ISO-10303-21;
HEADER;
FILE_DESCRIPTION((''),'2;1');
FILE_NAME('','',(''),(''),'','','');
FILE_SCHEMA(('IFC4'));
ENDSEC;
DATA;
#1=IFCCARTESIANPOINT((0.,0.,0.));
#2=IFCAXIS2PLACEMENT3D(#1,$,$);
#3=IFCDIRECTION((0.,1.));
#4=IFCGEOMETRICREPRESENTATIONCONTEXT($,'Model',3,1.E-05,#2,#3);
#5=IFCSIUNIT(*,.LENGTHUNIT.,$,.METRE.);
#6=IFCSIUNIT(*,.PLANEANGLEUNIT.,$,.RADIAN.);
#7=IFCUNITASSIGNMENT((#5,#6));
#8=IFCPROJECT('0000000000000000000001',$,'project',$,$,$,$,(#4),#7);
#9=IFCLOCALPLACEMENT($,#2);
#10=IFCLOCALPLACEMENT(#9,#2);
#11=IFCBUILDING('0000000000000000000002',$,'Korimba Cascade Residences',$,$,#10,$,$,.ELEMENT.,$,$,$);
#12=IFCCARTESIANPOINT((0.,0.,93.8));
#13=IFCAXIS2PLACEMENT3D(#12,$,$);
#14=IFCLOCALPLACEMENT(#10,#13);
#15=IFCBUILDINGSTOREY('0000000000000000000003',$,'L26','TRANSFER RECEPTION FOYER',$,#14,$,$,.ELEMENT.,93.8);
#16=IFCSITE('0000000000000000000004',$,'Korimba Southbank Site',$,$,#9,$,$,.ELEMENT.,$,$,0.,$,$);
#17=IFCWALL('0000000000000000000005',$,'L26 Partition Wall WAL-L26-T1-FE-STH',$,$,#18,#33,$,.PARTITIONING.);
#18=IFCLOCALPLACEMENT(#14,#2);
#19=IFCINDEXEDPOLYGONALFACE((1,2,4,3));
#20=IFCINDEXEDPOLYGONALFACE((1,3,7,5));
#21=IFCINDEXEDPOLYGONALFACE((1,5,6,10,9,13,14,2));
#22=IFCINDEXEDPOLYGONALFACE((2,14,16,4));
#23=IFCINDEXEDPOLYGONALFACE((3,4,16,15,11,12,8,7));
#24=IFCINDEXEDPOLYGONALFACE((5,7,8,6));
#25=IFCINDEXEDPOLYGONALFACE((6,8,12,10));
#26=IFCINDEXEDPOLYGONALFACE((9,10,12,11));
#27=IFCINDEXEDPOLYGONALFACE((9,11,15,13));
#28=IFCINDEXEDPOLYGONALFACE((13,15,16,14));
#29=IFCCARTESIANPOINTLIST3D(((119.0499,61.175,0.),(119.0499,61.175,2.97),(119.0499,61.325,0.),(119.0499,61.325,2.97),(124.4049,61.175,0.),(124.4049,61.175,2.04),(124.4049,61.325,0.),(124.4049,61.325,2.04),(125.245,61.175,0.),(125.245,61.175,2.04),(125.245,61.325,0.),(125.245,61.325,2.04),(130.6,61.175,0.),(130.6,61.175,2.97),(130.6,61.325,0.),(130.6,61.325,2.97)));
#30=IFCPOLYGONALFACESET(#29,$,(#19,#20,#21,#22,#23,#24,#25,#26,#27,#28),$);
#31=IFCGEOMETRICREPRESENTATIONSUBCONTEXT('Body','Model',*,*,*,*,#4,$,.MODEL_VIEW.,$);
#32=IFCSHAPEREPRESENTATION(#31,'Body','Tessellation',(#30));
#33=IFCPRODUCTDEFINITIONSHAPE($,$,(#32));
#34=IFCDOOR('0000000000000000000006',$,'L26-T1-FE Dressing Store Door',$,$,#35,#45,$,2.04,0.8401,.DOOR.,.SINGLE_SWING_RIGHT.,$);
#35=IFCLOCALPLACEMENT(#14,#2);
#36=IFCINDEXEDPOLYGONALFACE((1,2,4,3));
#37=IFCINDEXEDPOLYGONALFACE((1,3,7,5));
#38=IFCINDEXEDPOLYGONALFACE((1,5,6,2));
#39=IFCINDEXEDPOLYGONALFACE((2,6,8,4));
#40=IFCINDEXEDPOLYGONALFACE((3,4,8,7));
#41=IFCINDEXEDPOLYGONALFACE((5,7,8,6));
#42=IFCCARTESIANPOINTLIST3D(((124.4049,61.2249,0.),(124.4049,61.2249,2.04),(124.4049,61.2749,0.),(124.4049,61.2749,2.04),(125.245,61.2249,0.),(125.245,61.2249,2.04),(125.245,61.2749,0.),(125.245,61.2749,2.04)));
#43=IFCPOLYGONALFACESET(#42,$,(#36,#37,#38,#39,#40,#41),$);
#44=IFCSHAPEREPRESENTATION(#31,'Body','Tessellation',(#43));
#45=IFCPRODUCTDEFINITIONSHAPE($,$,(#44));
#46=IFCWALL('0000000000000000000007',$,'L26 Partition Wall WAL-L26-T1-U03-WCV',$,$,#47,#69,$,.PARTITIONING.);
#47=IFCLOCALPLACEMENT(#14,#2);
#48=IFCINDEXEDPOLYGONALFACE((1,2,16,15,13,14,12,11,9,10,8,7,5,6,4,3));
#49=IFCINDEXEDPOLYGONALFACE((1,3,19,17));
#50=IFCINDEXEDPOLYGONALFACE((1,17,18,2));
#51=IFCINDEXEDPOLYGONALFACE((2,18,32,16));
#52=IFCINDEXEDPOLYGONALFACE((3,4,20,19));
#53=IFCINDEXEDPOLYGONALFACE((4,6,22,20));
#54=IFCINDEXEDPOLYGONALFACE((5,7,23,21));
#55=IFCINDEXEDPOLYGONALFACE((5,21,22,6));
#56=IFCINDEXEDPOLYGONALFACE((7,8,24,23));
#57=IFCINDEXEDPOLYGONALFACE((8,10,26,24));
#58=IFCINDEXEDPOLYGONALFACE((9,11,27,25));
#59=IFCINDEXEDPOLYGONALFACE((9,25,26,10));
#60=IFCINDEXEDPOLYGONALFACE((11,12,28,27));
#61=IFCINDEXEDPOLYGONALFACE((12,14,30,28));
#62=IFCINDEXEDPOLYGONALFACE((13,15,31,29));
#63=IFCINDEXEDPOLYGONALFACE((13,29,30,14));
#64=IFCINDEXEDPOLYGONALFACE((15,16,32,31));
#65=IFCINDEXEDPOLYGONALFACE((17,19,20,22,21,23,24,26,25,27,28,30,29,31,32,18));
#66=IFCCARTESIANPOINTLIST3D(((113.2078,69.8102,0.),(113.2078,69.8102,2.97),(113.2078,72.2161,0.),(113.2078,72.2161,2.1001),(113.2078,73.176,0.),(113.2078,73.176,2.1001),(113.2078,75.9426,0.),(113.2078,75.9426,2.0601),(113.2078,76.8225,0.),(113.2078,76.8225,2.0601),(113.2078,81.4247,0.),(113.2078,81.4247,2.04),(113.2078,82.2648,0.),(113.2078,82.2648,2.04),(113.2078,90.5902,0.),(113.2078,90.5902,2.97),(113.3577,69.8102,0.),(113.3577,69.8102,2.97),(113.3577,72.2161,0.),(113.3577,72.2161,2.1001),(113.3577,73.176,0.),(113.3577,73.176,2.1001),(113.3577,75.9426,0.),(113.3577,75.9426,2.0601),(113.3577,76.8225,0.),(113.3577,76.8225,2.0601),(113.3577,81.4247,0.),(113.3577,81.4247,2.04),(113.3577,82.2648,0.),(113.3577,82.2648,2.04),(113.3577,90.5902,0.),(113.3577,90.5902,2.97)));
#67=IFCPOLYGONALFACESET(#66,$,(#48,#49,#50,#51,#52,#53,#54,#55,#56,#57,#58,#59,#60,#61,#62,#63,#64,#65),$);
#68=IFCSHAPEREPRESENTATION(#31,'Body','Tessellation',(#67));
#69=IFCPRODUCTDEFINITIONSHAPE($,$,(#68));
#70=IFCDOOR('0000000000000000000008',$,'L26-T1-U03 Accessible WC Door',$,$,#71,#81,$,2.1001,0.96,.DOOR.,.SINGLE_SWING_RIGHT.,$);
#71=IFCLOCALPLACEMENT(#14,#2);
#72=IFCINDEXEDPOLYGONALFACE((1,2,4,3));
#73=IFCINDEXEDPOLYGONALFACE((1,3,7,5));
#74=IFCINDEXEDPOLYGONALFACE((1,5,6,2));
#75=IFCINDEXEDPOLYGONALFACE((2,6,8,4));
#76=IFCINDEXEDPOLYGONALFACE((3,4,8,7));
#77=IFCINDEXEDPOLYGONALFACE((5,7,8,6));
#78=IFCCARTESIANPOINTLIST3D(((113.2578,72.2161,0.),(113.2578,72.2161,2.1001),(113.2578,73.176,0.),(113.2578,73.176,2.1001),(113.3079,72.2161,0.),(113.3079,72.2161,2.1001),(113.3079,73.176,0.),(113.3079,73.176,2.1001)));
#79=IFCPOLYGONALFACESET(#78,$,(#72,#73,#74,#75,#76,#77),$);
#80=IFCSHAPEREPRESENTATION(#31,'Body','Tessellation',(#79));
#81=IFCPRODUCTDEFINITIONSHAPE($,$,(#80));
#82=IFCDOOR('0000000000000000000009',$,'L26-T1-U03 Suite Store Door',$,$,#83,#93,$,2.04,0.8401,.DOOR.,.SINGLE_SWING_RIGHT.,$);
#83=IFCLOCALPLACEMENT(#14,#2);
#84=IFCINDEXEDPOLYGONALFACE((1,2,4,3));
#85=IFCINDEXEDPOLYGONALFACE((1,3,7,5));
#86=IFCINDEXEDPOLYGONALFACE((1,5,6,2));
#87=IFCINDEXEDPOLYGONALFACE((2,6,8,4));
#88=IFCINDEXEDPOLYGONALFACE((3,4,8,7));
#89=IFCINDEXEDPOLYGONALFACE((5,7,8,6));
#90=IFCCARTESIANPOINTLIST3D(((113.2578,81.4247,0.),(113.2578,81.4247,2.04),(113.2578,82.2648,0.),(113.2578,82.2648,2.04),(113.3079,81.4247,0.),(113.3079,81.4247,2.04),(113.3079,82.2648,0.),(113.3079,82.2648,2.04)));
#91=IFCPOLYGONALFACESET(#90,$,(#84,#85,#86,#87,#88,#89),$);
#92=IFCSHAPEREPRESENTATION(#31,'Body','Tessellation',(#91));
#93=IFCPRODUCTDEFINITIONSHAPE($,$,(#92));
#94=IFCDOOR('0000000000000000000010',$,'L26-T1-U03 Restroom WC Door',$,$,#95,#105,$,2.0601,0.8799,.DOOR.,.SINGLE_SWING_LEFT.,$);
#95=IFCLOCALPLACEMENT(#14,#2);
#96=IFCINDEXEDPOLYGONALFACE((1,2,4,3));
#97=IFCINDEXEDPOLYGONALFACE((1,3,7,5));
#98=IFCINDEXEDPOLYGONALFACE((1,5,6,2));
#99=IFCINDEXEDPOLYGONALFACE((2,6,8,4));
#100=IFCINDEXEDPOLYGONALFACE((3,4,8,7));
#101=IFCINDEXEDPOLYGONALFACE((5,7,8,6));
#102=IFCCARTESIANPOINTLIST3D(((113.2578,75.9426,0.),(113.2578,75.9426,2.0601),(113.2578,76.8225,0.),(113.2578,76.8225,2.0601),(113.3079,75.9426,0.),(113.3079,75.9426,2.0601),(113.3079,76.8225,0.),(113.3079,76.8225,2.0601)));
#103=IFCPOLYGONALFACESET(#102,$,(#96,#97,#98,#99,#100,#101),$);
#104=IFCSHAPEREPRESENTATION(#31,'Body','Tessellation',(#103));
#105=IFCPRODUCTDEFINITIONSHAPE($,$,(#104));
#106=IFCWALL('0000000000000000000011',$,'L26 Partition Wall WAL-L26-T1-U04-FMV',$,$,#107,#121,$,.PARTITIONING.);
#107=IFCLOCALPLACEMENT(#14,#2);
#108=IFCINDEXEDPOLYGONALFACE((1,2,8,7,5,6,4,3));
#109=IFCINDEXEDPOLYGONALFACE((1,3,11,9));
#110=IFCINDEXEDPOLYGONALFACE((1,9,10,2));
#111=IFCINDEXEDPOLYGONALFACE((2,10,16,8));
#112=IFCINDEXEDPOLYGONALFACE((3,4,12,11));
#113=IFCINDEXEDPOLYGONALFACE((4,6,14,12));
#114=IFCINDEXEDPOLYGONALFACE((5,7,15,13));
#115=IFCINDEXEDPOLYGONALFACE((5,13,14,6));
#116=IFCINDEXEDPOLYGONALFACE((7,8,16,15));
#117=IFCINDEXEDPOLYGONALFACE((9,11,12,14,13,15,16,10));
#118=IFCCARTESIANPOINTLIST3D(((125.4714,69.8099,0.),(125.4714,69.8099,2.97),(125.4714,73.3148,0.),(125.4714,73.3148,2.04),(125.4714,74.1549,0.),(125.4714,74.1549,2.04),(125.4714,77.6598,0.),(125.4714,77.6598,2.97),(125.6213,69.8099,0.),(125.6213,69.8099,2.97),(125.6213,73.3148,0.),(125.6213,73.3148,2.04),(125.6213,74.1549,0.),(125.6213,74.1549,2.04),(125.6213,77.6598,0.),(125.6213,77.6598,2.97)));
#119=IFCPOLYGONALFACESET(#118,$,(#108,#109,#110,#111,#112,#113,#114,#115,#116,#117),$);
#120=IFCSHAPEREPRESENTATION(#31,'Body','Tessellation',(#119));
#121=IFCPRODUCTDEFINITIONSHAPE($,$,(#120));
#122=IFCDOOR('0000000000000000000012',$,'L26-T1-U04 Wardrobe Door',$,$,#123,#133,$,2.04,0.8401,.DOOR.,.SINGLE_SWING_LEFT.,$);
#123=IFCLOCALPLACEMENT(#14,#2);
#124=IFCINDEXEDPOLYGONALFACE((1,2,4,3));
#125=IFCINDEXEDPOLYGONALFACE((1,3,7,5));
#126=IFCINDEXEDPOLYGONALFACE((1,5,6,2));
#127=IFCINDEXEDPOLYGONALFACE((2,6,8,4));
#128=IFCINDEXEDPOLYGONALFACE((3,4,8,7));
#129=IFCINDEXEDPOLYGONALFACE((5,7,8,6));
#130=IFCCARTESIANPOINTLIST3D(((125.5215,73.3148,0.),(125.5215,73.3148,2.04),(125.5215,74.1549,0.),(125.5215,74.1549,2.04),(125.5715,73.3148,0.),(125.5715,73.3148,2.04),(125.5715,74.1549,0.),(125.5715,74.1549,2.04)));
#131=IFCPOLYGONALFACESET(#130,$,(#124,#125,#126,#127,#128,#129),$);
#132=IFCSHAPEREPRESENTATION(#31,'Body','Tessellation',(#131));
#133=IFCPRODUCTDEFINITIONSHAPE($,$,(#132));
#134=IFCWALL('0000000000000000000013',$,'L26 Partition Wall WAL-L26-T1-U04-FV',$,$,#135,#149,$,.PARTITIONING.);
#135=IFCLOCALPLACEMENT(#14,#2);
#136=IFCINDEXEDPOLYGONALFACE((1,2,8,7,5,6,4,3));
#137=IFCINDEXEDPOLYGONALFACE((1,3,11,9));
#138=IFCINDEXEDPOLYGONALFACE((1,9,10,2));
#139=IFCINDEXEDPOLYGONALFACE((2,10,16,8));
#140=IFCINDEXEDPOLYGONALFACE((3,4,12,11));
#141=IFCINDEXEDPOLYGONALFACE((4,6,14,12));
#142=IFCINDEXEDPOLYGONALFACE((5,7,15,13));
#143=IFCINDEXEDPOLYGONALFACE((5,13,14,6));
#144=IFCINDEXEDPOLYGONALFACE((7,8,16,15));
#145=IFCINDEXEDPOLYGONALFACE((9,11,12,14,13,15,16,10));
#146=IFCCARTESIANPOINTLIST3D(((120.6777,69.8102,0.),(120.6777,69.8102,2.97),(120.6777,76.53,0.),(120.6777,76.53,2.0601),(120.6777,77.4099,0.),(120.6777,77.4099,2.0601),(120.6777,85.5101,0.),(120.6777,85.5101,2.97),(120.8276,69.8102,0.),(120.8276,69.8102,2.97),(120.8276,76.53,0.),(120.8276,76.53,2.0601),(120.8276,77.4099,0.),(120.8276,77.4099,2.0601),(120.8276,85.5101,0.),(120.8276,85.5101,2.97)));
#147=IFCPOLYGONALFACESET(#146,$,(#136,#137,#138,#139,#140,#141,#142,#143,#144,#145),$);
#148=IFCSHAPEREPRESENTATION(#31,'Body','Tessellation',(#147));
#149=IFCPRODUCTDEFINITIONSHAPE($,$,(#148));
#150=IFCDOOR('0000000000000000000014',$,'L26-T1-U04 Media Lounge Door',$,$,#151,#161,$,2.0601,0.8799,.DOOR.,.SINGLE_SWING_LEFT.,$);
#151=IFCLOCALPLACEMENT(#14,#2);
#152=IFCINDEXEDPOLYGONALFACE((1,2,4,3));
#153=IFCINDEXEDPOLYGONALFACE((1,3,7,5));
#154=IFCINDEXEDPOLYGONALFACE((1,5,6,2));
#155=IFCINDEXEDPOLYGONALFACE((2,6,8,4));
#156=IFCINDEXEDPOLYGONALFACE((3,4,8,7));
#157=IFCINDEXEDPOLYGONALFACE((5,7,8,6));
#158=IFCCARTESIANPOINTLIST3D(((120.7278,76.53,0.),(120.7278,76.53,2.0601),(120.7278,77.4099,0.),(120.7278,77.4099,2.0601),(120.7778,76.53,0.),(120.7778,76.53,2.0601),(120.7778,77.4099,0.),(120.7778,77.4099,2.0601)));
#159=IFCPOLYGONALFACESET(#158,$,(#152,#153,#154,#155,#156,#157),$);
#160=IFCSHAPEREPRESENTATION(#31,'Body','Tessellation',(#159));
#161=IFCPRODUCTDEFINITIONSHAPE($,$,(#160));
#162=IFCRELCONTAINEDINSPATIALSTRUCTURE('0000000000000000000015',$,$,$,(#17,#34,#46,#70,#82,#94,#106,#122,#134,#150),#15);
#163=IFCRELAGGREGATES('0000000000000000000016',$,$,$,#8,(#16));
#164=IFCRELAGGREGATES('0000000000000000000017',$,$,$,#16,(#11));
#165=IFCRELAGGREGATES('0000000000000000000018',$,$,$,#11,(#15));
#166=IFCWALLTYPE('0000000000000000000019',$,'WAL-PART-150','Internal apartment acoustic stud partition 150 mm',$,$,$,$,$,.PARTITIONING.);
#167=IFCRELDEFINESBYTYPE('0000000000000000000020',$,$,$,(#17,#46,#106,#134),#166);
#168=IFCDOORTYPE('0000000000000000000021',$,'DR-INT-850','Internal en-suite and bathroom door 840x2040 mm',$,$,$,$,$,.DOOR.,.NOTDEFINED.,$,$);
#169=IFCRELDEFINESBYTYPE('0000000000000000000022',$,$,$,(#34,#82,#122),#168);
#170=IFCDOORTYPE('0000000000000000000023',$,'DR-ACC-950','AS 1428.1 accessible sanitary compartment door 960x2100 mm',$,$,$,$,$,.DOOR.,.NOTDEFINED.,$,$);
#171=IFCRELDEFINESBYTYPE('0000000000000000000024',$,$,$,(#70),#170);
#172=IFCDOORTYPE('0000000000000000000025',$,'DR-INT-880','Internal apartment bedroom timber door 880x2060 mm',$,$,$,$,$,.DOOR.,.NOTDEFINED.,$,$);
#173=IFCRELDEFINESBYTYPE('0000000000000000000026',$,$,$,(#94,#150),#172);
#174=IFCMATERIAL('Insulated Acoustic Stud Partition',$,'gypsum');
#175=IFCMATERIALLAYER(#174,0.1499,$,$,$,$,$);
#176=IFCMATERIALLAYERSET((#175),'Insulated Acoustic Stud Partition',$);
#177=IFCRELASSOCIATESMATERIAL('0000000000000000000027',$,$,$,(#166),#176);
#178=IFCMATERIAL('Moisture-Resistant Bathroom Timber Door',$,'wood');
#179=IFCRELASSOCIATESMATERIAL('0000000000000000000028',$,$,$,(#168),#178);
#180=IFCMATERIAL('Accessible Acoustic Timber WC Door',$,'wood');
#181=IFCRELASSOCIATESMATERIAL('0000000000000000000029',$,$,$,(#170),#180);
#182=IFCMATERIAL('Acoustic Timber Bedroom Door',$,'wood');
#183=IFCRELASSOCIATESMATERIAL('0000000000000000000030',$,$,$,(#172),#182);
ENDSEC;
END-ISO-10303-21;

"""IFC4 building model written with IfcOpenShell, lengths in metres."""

from ifc_helpers import new_model, si_unit, direction, frame, frame_2d, origin, place, context, subcontext, project, spatial, rectangle, extrude, material, layer, layer_set, type_object, element, fill, save


model = new_model("IFC4")

# Units and contexts
model_context = context("Model", 3, precision=1e-05, world=origin(), true_north=direction((0.0, 1.0)))
body_context = subcontext(model_context, "Body", "Model", "MODEL_VIEW")
ifc_project = project(units=[si_unit("LENGTHUNIT", "METRE"), si_unit("PLANEANGLEUNIT", "RADIAN")], contexts=[model_context])

# Site, building, storey
site_placement = place(None, origin())
site = spatial("IfcSite", under=ifc_project, at=site_placement, Name="Korimba Southbank Site", CompositionType="ELEMENT", RefElevation=0.0)
building_placement = place(site_placement, origin())
building = spatial("IfcBuilding", under=site, at=building_placement, Name="Korimba Cascade Residences", CompositionType="ELEMENT")
storey_placement = place(building_placement, frame((0.0, 0.0, 93.8)))
storey = spatial("IfcBuildingStorey", under=building, at=storey_placement, Name="L26", Description="TRANSFER RECEPTION FOYER", CompositionType="ELEMENT", Elevation=93.8)

# Wall, opening, door
ifc_material_1 = material(Name="Insulated Acoustic Stud Partition", Category="gypsum")
ifc_layer_1 = layer(ifc_material_1, 0.1499)
ifc_layer_set_1 = layer_set([ifc_layer_1], Name="Insulated Acoustic Stud Partition")
wall_type = type_object("IfcWallType", Name="WAL-PART-150", Description="Internal apartment acoustic stud partition 150 mm", PredefinedType="PARTITIONING", material=ifc_layer_set_1)
wall_1_placement = place(storey_placement, frame((119.05, 61.25, 0.0), z_axis=(0.0, 0.0, 1.0), x_axis=(1.0, 0.0, 0.0)))
wall_1 = element("IfcWall", 1, at=wall_1_placement, inside=storey, type_object=wall_type, Name="L26 Partition Wall WAL-L26-T1-FE-STH", PredefinedType="PARTITIONING", context=body_context, shape_type="SweptSolid", body=[
    extrude(rectangle(XDim=11.55, YDim=0.1499, at=frame_2d((5.7749, 0.0))), origin(), (0.0, 0.0, 1.0), 2.97),
])
opening_1_placement = place(wall_1_placement, frame((5.355, 0.0, 0.0)))
opening_1 = element("IfcOpeningElement", 2, at=opening_1_placement, cuts=wall_1, PredefinedType="OPENING", context=body_context, shape_type="SweptSolid", body=[
    extrude(rectangle(XDim=0.8401, YDim=2.04, at=frame_2d((0.4199, 1.02))), frame((0.0, 0.085, 0.0), z_axis=(0.0, -1.0, 0.0), x_axis=(1.0, 0.0, 0.0)), (0.0, 0.0, 1.0), 0.1699),
])
ifc_material_2 = material(Name="Moisture-Resistant Bathroom Timber Door", Category="wood")
door_type_1 = type_object("IfcDoorType", Name="DR-INT-850", Description="Internal en-suite and bathroom door 840x2040 mm", OperationType="NOTDEFINED", PredefinedType="DOOR", material=ifc_material_2)
door_1_placement = place(opening_1_placement, origin())
door_1 = element("IfcDoor", 3, at=door_1_placement, inside=storey, type_object=door_type_1, Name="L26-T1-FE Dressing Store Door", OperationType="SINGLE_SWING_RIGHT", OverallHeight=2.04, OverallWidth=0.8401, PredefinedType="DOOR", context=body_context, shape_type="SweptSolid", body=[
    extrude(rectangle(XDim=0.8401, YDim=2.04, at=frame_2d((0.4199, 1.02))), frame((0.0, 0.0249, 0.0), z_axis=(0.0, -1.0, 0.0), x_axis=(1.0, 0.0, 0.0)), (0.0, 0.0, 1.0), 0.05),
])
fill(opening_1, door_1)

# Wall, openings, doors
wall_2_placement = place(storey_placement, frame((113.2827, 69.8101, 0.0), z_axis=(0.0, 0.0, 1.0), x_axis=(0.0, 1.0, 0.0)))
wall_2 = element("IfcWall", 4, at=wall_2_placement, inside=storey, type_object=wall_type, Name="L26 Partition Wall WAL-L26-T1-U03-WCV", PredefinedType="PARTITIONING", context=body_context, shape_type="SweptSolid", body=[
    extrude(rectangle(XDim=20.78, YDim=0.1499, at=frame_2d((10.3901, 0.0))), origin(), (0.0, 0.0, 1.0), 2.97),
])
opening_2_placement = place(wall_2_placement, frame((2.406, 0.0, 0.0)))
opening_2 = element("IfcOpeningElement", 5, at=opening_2_placement, cuts=wall_2, PredefinedType="OPENING", context=body_context, shape_type="SweptSolid", body=[
    extrude(rectangle(XDim=0.96, YDim=2.1001, at=frame_2d((0.48, 1.05))), frame((0.0, 0.085, 0.0), z_axis=(0.0, -1.0, 0.0), x_axis=(1.0, 0.0, 0.0)), (0.0, 0.0, 1.0), 0.1699),
])
opening_3_placement = place(wall_2_placement, frame((6.1326, 0.0, 0.0)))
opening_3 = element("IfcOpeningElement", 6, at=opening_3_placement, cuts=wall_2, PredefinedType="OPENING", context=body_context, shape_type="SweptSolid", body=[
    extrude(rectangle(XDim=0.8799, YDim=2.0601, at=frame_2d((0.4399, 1.03))), frame((0.0, 0.085, 0.0), z_axis=(0.0, -1.0, 0.0), x_axis=(1.0, 0.0, 0.0)), (0.0, 0.0, 1.0), 0.1699),
])
opening_4_placement = place(wall_2_placement, frame((11.6147, 0.0, 0.0)))
opening_4 = element("IfcOpeningElement", 7, at=opening_4_placement, cuts=wall_2, PredefinedType="OPENING", context=body_context, shape_type="SweptSolid", body=[
    extrude(rectangle(XDim=0.8401, YDim=2.04, at=frame_2d((0.4199, 1.02))), frame((0.0, 0.085, 0.0), z_axis=(0.0, -1.0, 0.0), x_axis=(1.0, 0.0, 0.0)), (0.0, 0.0, 1.0), 0.1699),
])
ifc_material_3 = material(Name="Accessible Acoustic Timber WC Door", Category="wood")
door_type_2 = type_object("IfcDoorType", Name="DR-ACC-950", Description="AS 1428.1 accessible sanitary compartment door 960x2100 mm", OperationType="NOTDEFINED", PredefinedType="DOOR", material=ifc_material_3)
door_2_placement = place(opening_2_placement, origin())
door_2 = element("IfcDoor", 8, at=door_2_placement, inside=storey, type_object=door_type_2, Name="L26-T1-U03 Accessible WC Door", OperationType="SINGLE_SWING_RIGHT", OverallHeight=2.1001, OverallWidth=0.96, PredefinedType="DOOR", context=body_context, shape_type="SweptSolid", body=[
    extrude(rectangle(XDim=0.96, YDim=2.1001, at=frame_2d((0.48, 1.05))), frame((0.0, 0.0249, 0.0), z_axis=(0.0, -1.0, 0.0), x_axis=(1.0, 0.0, 0.0)), (0.0, 0.0, 1.0), 0.05),
])
fill(opening_2, door_2)
door_3_placement = place(opening_4_placement, origin())
door_3 = element("IfcDoor", 9, at=door_3_placement, inside=storey, type_object=door_type_1, Name="L26-T1-U03 Suite Store Door", OperationType="SINGLE_SWING_RIGHT", OverallHeight=2.04, OverallWidth=0.8401, PredefinedType="DOOR", context=body_context, shape_type="SweptSolid", body=[
    extrude(rectangle(XDim=0.8401, YDim=2.04, at=frame_2d((0.4199, 1.02))), frame((0.0, 0.0249, 0.0), z_axis=(0.0, -1.0, 0.0), x_axis=(1.0, 0.0, 0.0)), (0.0, 0.0, 1.0), 0.05),
])
fill(opening_4, door_3)
ifc_material_4 = material(Name="Acoustic Timber Bedroom Door", Category="wood")
door_type_3 = type_object("IfcDoorType", Name="DR-INT-880", Description="Internal apartment bedroom timber door 880x2060 mm", OperationType="NOTDEFINED", PredefinedType="DOOR", material=ifc_material_4)
door_4_placement = place(opening_3_placement, origin())
door_4 = element("IfcDoor", 10, at=door_4_placement, inside=storey, type_object=door_type_3, Name="L26-T1-U03 Restroom WC Door", OperationType="SINGLE_SWING_LEFT", OverallHeight=2.0601, OverallWidth=0.8799, PredefinedType="DOOR", context=body_context, shape_type="SweptSolid", body=[
    extrude(rectangle(XDim=0.8799, YDim=2.0601, at=frame_2d((0.4399, 1.03))), frame((0.0, 0.0249, 0.0), z_axis=(0.0, -1.0, 0.0), x_axis=(1.0, 0.0, 0.0)), (0.0, 0.0, 1.0), 0.05),
])
fill(opening_3, door_4)

# Walls, openings, doors
wall_3_placement = place(storey_placement, frame((125.5464, 69.8101, 0.0), z_axis=(0.0, 0.0, 1.0), x_axis=(0.0, 1.0, 0.0)))
wall_3 = element("IfcWall", 11, at=wall_3_placement, inside=storey, type_object=wall_type, Name="L26 Partition Wall WAL-L26-T1-U04-FMV", PredefinedType="PARTITIONING", context=body_context, shape_type="SweptSolid", body=[
    extrude(rectangle(XDim=7.8499, YDim=0.1499, at=frame_2d((3.9248, 0.0))), origin(), (0.0, 0.0, 1.0), 2.97),
])
opening_5_placement = place(wall_3_placement, frame((3.5049, 0.0, 0.0)))
opening_5 = element("IfcOpeningElement", 12, at=opening_5_placement, cuts=wall_3, PredefinedType="OPENING", context=body_context, shape_type="SweptSolid", body=[
    extrude(rectangle(XDim=0.8401, YDim=2.04, at=frame_2d((0.4199, 1.02))), frame((0.0, 0.085, 0.0), z_axis=(0.0, -1.0, 0.0), x_axis=(1.0, 0.0, 0.0)), (0.0, 0.0, 1.0), 0.1699),
])
door_5_placement = place(opening_5_placement, origin())
door_5 = element("IfcDoor", 13, at=door_5_placement, inside=storey, type_object=door_type_1, Name="L26-T1-U04 Wardrobe Door", OperationType="SINGLE_SWING_LEFT", OverallHeight=2.04, OverallWidth=0.8401, PredefinedType="DOOR", context=body_context, shape_type="SweptSolid", body=[
    extrude(rectangle(XDim=0.8401, YDim=2.04, at=frame_2d((0.4199, 1.02))), frame((0.0, 0.0249, 0.0), z_axis=(0.0, -1.0, 0.0), x_axis=(1.0, 0.0, 0.0)), (0.0, 0.0, 1.0), 0.05),
])
fill(opening_5, door_5)
wall_4_placement = place(storey_placement, frame((120.7527, 69.8101, 0.0), z_axis=(0.0, 0.0, 1.0), x_axis=(0.0, 1.0, 0.0)))
wall_4 = element("IfcWall", 14, at=wall_4_placement, inside=storey, type_object=wall_type, Name="L26 Partition Wall WAL-L26-T1-U04-FV", PredefinedType="PARTITIONING", context=body_context, shape_type="SweptSolid", body=[
    extrude(rectangle(XDim=15.7, YDim=0.1499, at=frame_2d((7.8501, 0.0))), origin(), (0.0, 0.0, 1.0), 2.97),
])
opening_6_placement = place(wall_4_placement, frame((6.72, 0.0, 0.0)))
opening_6 = element("IfcOpeningElement", 15, at=opening_6_placement, cuts=wall_4, PredefinedType="OPENING", context=body_context, shape_type="SweptSolid", body=[
    extrude(rectangle(XDim=0.8799, YDim=2.0601, at=frame_2d((0.4399, 1.03))), frame((0.0, 0.085, 0.0), z_axis=(0.0, -1.0, 0.0), x_axis=(1.0, 0.0, 0.0)), (0.0, 0.0, 1.0), 0.1699),
])
door_6_placement = place(opening_6_placement, origin())
door_6 = element("IfcDoor", 16, at=door_6_placement, inside=storey, type_object=door_type_3, Name="L26-T1-U04 Media Lounge Door", OperationType="SINGLE_SWING_LEFT", OverallHeight=2.0601, OverallWidth=0.8799, PredefinedType="DOOR", context=body_context, shape_type="SweptSolid", body=[
    extrude(rectangle(XDim=0.8799, YDim=2.0601, at=frame_2d((0.4399, 1.03))), frame((0.0, 0.0249, 0.0), z_axis=(0.0, -1.0, 0.0), x_axis=(1.0, 0.0, 0.0)), (0.0, 0.0, 1.0), 0.05),
])
fill(opening_6, door_6)

save(model, "model.ifc")
